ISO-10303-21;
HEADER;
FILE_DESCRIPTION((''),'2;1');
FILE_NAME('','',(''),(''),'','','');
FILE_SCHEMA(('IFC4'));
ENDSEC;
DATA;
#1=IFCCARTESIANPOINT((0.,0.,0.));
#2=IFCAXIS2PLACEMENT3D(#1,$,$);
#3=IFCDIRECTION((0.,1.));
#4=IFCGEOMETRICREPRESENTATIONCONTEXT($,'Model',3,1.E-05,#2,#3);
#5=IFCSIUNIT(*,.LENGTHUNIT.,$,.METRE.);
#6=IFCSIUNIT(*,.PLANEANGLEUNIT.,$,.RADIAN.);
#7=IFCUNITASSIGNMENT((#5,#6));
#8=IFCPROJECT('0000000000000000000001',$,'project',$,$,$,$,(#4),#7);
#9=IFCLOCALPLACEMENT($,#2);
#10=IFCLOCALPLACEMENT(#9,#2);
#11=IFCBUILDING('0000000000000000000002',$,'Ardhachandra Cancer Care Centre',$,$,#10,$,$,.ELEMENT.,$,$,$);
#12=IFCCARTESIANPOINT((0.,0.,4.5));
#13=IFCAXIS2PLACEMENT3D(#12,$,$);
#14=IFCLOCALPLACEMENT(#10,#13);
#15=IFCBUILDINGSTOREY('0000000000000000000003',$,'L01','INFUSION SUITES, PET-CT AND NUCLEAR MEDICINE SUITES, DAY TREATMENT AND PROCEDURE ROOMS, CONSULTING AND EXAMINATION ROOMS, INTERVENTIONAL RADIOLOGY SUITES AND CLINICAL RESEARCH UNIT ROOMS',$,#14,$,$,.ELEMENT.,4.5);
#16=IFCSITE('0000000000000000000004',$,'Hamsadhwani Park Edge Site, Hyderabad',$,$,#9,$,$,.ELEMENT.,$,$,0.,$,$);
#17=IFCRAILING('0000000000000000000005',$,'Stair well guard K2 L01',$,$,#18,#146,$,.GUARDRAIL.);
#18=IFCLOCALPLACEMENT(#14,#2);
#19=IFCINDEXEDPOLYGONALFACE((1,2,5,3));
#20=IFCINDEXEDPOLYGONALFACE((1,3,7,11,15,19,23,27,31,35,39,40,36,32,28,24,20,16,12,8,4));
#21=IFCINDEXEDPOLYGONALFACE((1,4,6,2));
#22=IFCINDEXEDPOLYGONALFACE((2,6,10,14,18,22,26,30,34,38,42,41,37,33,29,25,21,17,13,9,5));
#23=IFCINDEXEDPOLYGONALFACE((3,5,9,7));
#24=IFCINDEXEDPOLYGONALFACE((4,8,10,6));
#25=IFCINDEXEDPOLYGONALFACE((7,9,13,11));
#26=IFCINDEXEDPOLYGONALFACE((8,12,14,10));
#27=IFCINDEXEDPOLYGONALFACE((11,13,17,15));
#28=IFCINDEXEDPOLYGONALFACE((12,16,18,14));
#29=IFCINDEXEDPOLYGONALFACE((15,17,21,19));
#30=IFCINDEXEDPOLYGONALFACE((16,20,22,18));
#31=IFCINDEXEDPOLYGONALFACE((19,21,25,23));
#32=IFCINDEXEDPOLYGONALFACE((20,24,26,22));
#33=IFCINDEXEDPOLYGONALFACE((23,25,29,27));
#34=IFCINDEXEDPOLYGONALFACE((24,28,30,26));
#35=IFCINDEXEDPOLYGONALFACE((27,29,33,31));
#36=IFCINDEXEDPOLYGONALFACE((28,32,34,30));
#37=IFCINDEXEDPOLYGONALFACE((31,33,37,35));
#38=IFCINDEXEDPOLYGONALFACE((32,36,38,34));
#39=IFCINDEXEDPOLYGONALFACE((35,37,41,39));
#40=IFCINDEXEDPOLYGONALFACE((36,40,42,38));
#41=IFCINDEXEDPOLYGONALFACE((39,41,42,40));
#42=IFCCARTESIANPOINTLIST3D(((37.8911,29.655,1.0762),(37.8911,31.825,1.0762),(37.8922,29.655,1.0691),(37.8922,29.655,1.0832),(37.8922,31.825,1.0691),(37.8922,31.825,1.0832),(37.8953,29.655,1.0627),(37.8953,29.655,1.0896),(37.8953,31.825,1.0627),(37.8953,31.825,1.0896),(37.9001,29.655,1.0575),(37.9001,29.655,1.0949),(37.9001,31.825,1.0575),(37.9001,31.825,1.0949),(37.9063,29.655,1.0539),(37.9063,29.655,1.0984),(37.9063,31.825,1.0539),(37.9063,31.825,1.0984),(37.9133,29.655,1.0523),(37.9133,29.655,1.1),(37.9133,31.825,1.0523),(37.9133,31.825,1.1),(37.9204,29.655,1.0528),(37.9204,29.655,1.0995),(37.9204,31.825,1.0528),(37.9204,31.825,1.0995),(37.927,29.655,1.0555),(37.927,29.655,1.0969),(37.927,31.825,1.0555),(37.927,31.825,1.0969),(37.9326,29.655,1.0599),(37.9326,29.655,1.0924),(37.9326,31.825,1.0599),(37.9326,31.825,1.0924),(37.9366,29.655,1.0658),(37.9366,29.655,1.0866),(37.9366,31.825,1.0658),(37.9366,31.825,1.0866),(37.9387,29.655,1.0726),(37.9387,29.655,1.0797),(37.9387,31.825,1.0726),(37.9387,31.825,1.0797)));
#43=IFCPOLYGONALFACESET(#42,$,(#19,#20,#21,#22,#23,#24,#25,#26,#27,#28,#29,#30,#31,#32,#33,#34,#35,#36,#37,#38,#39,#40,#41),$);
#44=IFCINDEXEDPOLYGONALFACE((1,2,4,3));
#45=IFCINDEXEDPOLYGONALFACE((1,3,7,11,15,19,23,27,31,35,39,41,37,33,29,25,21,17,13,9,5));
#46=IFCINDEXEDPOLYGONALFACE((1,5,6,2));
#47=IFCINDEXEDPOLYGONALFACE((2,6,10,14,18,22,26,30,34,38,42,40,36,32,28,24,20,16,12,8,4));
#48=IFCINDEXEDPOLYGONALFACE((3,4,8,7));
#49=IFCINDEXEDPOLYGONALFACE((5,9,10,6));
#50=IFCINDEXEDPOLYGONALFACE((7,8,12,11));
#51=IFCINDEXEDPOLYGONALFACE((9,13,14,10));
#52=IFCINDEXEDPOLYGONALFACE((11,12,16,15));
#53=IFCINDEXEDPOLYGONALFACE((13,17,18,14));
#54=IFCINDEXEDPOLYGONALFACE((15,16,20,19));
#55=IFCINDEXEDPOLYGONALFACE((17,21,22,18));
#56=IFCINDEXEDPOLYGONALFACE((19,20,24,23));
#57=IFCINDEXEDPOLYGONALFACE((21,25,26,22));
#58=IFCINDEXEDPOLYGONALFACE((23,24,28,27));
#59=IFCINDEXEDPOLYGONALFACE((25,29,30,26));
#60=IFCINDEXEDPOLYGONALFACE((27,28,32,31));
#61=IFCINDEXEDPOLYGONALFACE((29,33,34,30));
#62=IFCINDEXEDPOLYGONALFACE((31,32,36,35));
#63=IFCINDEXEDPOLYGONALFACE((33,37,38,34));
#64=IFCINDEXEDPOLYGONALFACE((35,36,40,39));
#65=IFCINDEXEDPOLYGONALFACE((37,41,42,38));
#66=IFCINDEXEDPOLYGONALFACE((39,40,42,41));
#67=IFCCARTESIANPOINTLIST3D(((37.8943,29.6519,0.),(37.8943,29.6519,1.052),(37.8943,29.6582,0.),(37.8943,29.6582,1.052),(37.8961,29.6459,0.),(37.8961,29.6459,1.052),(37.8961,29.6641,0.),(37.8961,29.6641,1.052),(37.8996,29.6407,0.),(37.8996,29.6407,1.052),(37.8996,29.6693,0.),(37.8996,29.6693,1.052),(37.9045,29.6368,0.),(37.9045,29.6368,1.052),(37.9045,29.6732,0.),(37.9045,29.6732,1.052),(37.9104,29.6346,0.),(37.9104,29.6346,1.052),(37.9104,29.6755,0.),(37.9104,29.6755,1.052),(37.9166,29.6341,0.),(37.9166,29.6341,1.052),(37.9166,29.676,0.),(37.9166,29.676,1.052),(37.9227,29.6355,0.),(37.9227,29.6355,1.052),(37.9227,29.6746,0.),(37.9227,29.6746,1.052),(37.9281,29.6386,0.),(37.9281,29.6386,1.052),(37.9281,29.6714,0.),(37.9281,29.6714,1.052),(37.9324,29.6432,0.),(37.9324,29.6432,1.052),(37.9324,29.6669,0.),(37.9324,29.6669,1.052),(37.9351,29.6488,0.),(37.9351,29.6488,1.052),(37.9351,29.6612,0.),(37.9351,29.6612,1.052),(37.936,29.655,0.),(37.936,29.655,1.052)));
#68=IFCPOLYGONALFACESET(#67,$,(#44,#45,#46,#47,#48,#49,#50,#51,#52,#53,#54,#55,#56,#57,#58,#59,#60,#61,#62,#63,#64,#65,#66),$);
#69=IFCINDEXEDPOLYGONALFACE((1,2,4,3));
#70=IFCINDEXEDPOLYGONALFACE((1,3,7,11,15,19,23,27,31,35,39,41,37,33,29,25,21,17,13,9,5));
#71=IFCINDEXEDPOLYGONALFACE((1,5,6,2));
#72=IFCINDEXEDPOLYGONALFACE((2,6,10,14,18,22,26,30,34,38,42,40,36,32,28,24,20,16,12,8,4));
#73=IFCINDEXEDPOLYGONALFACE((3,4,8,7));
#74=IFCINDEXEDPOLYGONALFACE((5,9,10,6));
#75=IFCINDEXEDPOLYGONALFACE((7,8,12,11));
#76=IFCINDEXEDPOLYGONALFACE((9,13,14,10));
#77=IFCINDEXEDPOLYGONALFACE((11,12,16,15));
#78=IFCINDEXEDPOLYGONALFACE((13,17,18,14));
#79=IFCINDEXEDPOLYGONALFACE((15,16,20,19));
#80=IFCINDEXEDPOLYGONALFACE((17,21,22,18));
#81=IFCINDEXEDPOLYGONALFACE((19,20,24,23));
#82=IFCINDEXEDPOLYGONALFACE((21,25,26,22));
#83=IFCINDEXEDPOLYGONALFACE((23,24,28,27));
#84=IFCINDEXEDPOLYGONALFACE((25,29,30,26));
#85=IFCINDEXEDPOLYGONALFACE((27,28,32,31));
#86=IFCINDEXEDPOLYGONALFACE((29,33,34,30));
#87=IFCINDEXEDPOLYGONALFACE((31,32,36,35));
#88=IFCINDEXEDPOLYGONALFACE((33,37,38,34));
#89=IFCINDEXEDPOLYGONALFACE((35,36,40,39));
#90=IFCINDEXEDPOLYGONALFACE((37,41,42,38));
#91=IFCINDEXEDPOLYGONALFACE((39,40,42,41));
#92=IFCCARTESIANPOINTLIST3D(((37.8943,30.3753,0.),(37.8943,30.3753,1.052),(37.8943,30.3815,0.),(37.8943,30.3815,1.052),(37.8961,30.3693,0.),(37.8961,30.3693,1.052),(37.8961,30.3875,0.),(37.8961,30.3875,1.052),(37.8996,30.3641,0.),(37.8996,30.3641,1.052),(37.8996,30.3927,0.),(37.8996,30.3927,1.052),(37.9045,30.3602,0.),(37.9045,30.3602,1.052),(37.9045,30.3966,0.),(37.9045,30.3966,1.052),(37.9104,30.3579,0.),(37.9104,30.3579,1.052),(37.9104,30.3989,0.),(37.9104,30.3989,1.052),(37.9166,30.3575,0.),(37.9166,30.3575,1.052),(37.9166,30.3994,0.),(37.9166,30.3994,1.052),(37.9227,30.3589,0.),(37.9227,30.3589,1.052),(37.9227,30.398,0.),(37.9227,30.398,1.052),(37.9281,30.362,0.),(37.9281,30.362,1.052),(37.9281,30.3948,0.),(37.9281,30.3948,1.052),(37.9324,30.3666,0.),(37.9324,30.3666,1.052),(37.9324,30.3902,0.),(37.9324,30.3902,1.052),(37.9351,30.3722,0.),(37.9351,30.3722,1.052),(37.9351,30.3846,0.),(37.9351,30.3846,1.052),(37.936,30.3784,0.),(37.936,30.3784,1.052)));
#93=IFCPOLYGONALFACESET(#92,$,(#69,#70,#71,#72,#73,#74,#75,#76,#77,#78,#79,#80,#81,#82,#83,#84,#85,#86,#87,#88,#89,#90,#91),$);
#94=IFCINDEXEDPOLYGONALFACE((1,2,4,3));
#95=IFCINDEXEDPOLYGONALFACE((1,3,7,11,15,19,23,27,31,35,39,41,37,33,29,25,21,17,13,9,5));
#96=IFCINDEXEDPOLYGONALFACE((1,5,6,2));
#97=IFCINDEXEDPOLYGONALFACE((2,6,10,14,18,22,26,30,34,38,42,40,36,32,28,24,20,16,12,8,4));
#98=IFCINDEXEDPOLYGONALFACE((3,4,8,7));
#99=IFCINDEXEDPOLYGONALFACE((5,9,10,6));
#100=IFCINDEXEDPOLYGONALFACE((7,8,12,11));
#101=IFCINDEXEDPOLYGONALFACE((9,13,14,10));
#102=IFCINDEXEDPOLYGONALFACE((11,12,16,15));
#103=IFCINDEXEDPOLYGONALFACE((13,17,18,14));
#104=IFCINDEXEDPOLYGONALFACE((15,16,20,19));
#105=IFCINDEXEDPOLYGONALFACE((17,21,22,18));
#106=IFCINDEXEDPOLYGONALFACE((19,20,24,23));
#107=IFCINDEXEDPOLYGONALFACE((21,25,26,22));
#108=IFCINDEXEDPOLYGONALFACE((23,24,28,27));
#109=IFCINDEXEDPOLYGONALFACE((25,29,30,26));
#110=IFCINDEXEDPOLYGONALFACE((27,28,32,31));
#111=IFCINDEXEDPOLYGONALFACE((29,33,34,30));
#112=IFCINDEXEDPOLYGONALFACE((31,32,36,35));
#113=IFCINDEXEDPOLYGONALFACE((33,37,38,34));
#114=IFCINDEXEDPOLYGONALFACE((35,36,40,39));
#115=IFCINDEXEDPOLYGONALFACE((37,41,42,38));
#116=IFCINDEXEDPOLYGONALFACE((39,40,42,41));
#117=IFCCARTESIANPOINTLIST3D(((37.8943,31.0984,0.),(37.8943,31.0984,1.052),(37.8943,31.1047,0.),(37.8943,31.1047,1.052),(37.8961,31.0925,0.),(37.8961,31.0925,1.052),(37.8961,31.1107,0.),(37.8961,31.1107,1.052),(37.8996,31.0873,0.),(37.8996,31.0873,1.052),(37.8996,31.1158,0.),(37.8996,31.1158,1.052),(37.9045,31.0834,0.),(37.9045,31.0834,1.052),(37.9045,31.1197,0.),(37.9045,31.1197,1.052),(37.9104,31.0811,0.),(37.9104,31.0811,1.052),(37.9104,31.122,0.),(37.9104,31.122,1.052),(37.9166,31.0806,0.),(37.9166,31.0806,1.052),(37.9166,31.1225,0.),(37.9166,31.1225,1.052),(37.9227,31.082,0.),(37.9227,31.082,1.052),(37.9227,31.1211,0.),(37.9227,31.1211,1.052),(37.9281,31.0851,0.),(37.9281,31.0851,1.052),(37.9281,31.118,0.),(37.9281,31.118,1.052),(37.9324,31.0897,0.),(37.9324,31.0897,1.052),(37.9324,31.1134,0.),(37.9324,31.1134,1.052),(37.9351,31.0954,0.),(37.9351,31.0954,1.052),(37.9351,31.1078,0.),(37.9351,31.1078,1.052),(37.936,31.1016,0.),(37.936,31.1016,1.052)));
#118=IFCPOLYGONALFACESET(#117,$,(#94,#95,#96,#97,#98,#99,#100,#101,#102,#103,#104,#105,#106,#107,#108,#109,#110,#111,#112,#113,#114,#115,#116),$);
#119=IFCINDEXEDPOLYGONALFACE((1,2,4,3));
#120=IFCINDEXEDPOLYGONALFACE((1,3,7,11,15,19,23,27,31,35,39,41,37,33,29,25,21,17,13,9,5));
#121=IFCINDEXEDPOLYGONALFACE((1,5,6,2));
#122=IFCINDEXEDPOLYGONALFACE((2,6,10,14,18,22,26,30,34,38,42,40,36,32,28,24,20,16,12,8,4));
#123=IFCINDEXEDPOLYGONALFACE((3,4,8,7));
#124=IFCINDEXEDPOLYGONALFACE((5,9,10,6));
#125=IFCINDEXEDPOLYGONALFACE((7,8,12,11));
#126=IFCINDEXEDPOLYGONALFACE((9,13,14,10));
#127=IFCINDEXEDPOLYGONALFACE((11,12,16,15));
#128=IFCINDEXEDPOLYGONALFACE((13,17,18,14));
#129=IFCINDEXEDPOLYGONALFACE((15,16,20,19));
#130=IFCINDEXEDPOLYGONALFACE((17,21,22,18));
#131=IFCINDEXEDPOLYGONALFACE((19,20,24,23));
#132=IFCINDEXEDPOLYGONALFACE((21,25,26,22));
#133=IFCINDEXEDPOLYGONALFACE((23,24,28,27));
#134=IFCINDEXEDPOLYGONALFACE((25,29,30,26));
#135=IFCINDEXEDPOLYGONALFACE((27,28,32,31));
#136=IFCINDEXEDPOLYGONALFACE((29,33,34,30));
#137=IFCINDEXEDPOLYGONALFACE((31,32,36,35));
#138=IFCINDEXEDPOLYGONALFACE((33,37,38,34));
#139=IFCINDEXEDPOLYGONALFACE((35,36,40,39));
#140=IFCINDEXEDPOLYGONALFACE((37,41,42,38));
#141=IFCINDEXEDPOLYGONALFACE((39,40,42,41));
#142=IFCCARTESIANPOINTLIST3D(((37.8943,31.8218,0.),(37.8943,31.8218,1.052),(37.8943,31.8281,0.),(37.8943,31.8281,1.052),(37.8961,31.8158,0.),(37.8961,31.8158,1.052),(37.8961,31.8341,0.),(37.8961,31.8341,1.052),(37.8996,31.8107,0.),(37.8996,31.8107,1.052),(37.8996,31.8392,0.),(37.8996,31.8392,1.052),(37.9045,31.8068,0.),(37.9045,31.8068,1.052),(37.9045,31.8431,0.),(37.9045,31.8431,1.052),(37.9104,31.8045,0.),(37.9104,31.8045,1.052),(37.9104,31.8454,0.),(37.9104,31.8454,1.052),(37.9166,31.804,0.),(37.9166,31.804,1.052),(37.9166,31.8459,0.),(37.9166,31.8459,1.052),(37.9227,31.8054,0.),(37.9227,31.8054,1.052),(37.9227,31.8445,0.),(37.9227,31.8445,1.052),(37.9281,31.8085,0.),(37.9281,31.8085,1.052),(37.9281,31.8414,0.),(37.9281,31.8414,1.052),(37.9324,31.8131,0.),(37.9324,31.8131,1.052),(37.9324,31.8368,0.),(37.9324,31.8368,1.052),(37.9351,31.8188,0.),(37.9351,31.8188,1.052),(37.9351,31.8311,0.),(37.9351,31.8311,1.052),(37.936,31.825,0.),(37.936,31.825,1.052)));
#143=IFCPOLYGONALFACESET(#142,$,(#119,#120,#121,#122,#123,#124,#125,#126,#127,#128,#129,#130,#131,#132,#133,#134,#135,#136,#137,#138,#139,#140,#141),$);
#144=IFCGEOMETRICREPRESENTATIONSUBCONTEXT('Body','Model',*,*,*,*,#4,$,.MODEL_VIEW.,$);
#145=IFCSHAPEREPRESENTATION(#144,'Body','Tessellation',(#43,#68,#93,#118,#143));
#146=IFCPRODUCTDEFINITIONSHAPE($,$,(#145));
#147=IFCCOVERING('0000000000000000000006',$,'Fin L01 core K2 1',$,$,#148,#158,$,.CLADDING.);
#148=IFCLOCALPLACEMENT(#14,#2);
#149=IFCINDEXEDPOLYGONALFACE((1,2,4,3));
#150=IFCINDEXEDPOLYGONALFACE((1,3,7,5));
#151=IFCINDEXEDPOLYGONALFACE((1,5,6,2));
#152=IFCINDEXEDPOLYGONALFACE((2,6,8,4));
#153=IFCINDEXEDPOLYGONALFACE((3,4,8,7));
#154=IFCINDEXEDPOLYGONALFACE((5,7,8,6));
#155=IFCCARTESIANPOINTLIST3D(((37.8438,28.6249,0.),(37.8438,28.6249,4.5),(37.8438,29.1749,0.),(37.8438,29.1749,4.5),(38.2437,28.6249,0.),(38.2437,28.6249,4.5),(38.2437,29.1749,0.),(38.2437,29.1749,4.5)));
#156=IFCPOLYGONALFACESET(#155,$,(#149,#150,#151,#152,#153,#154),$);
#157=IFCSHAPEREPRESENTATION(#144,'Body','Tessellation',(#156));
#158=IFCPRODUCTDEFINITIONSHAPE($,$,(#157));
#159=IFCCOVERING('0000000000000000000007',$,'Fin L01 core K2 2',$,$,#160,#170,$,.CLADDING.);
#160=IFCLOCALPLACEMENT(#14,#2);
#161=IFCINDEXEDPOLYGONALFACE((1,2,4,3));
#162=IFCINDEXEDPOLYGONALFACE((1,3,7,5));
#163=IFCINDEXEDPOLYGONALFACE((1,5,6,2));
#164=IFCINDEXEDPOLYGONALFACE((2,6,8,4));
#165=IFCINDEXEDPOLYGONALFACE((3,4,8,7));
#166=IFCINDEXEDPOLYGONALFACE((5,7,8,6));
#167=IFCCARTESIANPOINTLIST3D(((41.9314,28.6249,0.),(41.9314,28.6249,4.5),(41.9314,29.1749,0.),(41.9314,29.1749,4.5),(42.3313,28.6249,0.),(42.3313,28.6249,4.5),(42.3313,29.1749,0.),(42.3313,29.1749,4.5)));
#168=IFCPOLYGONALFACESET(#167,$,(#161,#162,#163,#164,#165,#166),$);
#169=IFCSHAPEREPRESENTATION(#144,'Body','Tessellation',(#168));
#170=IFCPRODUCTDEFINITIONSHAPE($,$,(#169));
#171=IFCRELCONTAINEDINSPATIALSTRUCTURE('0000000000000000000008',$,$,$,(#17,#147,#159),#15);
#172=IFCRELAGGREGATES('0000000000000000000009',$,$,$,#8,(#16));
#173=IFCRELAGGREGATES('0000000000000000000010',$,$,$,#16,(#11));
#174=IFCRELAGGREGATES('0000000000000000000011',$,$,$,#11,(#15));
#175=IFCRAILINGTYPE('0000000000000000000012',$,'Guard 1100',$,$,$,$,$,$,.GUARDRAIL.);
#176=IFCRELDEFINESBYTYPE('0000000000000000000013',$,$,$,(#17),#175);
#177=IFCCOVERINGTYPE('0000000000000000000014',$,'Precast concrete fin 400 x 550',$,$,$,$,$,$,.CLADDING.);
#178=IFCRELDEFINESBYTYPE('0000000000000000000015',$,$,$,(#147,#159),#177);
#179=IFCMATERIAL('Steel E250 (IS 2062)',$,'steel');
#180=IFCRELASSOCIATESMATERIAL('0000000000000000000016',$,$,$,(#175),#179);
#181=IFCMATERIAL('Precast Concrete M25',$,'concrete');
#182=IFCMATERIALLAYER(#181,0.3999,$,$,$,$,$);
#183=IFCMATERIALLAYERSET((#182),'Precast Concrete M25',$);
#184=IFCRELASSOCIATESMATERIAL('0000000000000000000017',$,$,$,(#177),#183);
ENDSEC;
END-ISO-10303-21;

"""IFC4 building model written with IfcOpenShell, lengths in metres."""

from ifc_helpers import new_model, si_unit, direction, frame, origin, origin_2d, place, context, subcontext, project, spatial, rectangle, circle, extrude, material, layer, layer_set, type_object, element, save


model = new_model("IFC4")

# Units and contexts
model_context = context("Model", 3, precision=1e-05, world=origin(), true_north=direction((0.0, 1.0)))
body_context = subcontext(model_context, "Body", "Model", "MODEL_VIEW")
ifc_project = project(units=[si_unit("LENGTHUNIT", "METRE"), si_unit("PLANEANGLEUNIT", "RADIAN")], contexts=[model_context])

# Site, building, storey
site_placement = place(None, origin())
site = spatial("IfcSite", under=ifc_project, at=site_placement, Name="Hamsadhwani Park Edge Site, Hyderabad", CompositionType="ELEMENT", RefElevation=0.0)
building_placement = place(site_placement, origin())
building = spatial("IfcBuilding", under=site, at=building_placement, Name="Ardhachandra Cancer Care Centre", CompositionType="ELEMENT")
storey_placement = place(building_placement, frame((0.0, 0.0, 4.5)))
storey = spatial("IfcBuildingStorey", under=building, at=storey_placement, Name="L01", Description="INFUSION SUITES, PET-CT AND NUCLEAR MEDICINE SUITES, DAY TREATMENT AND PROCEDURE ROOMS, CONSULTING AND EXAMINATION ROOMS, INTERVENTIONAL RADIOLOGY SUITES AND CLINICAL RESEARCH UNIT ROOMS", CompositionType="ELEMENT", Elevation=4.5)

# Railing
ifc_material_1 = material(Name="Steel E250 (IS 2062)", Category="steel")
railing_type_1 = type_object("IfcRailingType", Name="Guard 1100", PredefinedType="GUARDRAIL", material=ifc_material_1)
railing_placement = place(storey_placement, frame((37.915, 29.655, 0.0)))
element("IfcRailing", 1, at=railing_placement, inside=storey, type_object=railing_type_1, Name="Stair well guard K2 L01", PredefinedType="GUARDRAIL", context=body_context, shape_type="SweptSolid", body=[
    extrude(circle(Radius=0.0239, at=origin_2d()), frame((0.0, 0.0, 1.0762), z_axis=(0.0, 1.0, 0.0), x_axis=(-1.0, 0.0, 0.0)), (0.0, 0.0, 1.0), 2.1699),
    extrude(circle(Radius=0.021, at=origin_2d()), origin(), (0.0, 0.0, 1.0), 1.052),
    extrude(circle(Radius=0.021, at=origin_2d()), frame((0.0, 0.7234, 0.0)), (0.0, 0.0, 1.0), 1.052),
    extrude(circle(Radius=0.021, at=origin_2d()), frame((0.0, 1.4465, 0.0)), (0.0, 0.0, 1.0), 1.052),
    extrude(circle(Radius=0.021, at=origin_2d()), frame((0.0, 2.1699, 0.0)), (0.0, 0.0, 1.0), 1.052),
])

# Coverings
ifc_material_2 = material(Name="Precast Concrete M25", Category="concrete")
ifc_layer_1 = layer(ifc_material_2, 0.3999)
ifc_layer_set_1 = layer_set([ifc_layer_1], Name="Precast Concrete M25")
covering_type = type_object("IfcCoveringType", Name="Precast concrete fin 400 x 550", PredefinedType="CLADDING", material=ifc_layer_set_1)
for number, where, z_axis, x_axis, name in (
    (2, (38.0437, 28.8999, 0.0), (0.0, 0.0, 1.0), (1.0, 0.0, 0.0), "Fin L01 core K2 1"),
    (3, (42.1313, 28.8999, 0.0), (0.0, 0.0, 1.0), (1.0, 0.0, 0.0), "Fin L01 core K2 2"),
):
    element("IfcCovering", number, at=place(storey_placement, frame(where, z_axis=z_axis, x_axis=x_axis)), inside=storey, type_object=covering_type, Name=name, PredefinedType="CLADDING", context=body_context, shape_type="SweptSolid", body=[
        extrude(rectangle(XDim=0.3999, YDim=0.55, at=origin_2d()), origin(), (0.0, 0.0, 1.0), 4.5),
    ])

save(model, "model.ifc")
